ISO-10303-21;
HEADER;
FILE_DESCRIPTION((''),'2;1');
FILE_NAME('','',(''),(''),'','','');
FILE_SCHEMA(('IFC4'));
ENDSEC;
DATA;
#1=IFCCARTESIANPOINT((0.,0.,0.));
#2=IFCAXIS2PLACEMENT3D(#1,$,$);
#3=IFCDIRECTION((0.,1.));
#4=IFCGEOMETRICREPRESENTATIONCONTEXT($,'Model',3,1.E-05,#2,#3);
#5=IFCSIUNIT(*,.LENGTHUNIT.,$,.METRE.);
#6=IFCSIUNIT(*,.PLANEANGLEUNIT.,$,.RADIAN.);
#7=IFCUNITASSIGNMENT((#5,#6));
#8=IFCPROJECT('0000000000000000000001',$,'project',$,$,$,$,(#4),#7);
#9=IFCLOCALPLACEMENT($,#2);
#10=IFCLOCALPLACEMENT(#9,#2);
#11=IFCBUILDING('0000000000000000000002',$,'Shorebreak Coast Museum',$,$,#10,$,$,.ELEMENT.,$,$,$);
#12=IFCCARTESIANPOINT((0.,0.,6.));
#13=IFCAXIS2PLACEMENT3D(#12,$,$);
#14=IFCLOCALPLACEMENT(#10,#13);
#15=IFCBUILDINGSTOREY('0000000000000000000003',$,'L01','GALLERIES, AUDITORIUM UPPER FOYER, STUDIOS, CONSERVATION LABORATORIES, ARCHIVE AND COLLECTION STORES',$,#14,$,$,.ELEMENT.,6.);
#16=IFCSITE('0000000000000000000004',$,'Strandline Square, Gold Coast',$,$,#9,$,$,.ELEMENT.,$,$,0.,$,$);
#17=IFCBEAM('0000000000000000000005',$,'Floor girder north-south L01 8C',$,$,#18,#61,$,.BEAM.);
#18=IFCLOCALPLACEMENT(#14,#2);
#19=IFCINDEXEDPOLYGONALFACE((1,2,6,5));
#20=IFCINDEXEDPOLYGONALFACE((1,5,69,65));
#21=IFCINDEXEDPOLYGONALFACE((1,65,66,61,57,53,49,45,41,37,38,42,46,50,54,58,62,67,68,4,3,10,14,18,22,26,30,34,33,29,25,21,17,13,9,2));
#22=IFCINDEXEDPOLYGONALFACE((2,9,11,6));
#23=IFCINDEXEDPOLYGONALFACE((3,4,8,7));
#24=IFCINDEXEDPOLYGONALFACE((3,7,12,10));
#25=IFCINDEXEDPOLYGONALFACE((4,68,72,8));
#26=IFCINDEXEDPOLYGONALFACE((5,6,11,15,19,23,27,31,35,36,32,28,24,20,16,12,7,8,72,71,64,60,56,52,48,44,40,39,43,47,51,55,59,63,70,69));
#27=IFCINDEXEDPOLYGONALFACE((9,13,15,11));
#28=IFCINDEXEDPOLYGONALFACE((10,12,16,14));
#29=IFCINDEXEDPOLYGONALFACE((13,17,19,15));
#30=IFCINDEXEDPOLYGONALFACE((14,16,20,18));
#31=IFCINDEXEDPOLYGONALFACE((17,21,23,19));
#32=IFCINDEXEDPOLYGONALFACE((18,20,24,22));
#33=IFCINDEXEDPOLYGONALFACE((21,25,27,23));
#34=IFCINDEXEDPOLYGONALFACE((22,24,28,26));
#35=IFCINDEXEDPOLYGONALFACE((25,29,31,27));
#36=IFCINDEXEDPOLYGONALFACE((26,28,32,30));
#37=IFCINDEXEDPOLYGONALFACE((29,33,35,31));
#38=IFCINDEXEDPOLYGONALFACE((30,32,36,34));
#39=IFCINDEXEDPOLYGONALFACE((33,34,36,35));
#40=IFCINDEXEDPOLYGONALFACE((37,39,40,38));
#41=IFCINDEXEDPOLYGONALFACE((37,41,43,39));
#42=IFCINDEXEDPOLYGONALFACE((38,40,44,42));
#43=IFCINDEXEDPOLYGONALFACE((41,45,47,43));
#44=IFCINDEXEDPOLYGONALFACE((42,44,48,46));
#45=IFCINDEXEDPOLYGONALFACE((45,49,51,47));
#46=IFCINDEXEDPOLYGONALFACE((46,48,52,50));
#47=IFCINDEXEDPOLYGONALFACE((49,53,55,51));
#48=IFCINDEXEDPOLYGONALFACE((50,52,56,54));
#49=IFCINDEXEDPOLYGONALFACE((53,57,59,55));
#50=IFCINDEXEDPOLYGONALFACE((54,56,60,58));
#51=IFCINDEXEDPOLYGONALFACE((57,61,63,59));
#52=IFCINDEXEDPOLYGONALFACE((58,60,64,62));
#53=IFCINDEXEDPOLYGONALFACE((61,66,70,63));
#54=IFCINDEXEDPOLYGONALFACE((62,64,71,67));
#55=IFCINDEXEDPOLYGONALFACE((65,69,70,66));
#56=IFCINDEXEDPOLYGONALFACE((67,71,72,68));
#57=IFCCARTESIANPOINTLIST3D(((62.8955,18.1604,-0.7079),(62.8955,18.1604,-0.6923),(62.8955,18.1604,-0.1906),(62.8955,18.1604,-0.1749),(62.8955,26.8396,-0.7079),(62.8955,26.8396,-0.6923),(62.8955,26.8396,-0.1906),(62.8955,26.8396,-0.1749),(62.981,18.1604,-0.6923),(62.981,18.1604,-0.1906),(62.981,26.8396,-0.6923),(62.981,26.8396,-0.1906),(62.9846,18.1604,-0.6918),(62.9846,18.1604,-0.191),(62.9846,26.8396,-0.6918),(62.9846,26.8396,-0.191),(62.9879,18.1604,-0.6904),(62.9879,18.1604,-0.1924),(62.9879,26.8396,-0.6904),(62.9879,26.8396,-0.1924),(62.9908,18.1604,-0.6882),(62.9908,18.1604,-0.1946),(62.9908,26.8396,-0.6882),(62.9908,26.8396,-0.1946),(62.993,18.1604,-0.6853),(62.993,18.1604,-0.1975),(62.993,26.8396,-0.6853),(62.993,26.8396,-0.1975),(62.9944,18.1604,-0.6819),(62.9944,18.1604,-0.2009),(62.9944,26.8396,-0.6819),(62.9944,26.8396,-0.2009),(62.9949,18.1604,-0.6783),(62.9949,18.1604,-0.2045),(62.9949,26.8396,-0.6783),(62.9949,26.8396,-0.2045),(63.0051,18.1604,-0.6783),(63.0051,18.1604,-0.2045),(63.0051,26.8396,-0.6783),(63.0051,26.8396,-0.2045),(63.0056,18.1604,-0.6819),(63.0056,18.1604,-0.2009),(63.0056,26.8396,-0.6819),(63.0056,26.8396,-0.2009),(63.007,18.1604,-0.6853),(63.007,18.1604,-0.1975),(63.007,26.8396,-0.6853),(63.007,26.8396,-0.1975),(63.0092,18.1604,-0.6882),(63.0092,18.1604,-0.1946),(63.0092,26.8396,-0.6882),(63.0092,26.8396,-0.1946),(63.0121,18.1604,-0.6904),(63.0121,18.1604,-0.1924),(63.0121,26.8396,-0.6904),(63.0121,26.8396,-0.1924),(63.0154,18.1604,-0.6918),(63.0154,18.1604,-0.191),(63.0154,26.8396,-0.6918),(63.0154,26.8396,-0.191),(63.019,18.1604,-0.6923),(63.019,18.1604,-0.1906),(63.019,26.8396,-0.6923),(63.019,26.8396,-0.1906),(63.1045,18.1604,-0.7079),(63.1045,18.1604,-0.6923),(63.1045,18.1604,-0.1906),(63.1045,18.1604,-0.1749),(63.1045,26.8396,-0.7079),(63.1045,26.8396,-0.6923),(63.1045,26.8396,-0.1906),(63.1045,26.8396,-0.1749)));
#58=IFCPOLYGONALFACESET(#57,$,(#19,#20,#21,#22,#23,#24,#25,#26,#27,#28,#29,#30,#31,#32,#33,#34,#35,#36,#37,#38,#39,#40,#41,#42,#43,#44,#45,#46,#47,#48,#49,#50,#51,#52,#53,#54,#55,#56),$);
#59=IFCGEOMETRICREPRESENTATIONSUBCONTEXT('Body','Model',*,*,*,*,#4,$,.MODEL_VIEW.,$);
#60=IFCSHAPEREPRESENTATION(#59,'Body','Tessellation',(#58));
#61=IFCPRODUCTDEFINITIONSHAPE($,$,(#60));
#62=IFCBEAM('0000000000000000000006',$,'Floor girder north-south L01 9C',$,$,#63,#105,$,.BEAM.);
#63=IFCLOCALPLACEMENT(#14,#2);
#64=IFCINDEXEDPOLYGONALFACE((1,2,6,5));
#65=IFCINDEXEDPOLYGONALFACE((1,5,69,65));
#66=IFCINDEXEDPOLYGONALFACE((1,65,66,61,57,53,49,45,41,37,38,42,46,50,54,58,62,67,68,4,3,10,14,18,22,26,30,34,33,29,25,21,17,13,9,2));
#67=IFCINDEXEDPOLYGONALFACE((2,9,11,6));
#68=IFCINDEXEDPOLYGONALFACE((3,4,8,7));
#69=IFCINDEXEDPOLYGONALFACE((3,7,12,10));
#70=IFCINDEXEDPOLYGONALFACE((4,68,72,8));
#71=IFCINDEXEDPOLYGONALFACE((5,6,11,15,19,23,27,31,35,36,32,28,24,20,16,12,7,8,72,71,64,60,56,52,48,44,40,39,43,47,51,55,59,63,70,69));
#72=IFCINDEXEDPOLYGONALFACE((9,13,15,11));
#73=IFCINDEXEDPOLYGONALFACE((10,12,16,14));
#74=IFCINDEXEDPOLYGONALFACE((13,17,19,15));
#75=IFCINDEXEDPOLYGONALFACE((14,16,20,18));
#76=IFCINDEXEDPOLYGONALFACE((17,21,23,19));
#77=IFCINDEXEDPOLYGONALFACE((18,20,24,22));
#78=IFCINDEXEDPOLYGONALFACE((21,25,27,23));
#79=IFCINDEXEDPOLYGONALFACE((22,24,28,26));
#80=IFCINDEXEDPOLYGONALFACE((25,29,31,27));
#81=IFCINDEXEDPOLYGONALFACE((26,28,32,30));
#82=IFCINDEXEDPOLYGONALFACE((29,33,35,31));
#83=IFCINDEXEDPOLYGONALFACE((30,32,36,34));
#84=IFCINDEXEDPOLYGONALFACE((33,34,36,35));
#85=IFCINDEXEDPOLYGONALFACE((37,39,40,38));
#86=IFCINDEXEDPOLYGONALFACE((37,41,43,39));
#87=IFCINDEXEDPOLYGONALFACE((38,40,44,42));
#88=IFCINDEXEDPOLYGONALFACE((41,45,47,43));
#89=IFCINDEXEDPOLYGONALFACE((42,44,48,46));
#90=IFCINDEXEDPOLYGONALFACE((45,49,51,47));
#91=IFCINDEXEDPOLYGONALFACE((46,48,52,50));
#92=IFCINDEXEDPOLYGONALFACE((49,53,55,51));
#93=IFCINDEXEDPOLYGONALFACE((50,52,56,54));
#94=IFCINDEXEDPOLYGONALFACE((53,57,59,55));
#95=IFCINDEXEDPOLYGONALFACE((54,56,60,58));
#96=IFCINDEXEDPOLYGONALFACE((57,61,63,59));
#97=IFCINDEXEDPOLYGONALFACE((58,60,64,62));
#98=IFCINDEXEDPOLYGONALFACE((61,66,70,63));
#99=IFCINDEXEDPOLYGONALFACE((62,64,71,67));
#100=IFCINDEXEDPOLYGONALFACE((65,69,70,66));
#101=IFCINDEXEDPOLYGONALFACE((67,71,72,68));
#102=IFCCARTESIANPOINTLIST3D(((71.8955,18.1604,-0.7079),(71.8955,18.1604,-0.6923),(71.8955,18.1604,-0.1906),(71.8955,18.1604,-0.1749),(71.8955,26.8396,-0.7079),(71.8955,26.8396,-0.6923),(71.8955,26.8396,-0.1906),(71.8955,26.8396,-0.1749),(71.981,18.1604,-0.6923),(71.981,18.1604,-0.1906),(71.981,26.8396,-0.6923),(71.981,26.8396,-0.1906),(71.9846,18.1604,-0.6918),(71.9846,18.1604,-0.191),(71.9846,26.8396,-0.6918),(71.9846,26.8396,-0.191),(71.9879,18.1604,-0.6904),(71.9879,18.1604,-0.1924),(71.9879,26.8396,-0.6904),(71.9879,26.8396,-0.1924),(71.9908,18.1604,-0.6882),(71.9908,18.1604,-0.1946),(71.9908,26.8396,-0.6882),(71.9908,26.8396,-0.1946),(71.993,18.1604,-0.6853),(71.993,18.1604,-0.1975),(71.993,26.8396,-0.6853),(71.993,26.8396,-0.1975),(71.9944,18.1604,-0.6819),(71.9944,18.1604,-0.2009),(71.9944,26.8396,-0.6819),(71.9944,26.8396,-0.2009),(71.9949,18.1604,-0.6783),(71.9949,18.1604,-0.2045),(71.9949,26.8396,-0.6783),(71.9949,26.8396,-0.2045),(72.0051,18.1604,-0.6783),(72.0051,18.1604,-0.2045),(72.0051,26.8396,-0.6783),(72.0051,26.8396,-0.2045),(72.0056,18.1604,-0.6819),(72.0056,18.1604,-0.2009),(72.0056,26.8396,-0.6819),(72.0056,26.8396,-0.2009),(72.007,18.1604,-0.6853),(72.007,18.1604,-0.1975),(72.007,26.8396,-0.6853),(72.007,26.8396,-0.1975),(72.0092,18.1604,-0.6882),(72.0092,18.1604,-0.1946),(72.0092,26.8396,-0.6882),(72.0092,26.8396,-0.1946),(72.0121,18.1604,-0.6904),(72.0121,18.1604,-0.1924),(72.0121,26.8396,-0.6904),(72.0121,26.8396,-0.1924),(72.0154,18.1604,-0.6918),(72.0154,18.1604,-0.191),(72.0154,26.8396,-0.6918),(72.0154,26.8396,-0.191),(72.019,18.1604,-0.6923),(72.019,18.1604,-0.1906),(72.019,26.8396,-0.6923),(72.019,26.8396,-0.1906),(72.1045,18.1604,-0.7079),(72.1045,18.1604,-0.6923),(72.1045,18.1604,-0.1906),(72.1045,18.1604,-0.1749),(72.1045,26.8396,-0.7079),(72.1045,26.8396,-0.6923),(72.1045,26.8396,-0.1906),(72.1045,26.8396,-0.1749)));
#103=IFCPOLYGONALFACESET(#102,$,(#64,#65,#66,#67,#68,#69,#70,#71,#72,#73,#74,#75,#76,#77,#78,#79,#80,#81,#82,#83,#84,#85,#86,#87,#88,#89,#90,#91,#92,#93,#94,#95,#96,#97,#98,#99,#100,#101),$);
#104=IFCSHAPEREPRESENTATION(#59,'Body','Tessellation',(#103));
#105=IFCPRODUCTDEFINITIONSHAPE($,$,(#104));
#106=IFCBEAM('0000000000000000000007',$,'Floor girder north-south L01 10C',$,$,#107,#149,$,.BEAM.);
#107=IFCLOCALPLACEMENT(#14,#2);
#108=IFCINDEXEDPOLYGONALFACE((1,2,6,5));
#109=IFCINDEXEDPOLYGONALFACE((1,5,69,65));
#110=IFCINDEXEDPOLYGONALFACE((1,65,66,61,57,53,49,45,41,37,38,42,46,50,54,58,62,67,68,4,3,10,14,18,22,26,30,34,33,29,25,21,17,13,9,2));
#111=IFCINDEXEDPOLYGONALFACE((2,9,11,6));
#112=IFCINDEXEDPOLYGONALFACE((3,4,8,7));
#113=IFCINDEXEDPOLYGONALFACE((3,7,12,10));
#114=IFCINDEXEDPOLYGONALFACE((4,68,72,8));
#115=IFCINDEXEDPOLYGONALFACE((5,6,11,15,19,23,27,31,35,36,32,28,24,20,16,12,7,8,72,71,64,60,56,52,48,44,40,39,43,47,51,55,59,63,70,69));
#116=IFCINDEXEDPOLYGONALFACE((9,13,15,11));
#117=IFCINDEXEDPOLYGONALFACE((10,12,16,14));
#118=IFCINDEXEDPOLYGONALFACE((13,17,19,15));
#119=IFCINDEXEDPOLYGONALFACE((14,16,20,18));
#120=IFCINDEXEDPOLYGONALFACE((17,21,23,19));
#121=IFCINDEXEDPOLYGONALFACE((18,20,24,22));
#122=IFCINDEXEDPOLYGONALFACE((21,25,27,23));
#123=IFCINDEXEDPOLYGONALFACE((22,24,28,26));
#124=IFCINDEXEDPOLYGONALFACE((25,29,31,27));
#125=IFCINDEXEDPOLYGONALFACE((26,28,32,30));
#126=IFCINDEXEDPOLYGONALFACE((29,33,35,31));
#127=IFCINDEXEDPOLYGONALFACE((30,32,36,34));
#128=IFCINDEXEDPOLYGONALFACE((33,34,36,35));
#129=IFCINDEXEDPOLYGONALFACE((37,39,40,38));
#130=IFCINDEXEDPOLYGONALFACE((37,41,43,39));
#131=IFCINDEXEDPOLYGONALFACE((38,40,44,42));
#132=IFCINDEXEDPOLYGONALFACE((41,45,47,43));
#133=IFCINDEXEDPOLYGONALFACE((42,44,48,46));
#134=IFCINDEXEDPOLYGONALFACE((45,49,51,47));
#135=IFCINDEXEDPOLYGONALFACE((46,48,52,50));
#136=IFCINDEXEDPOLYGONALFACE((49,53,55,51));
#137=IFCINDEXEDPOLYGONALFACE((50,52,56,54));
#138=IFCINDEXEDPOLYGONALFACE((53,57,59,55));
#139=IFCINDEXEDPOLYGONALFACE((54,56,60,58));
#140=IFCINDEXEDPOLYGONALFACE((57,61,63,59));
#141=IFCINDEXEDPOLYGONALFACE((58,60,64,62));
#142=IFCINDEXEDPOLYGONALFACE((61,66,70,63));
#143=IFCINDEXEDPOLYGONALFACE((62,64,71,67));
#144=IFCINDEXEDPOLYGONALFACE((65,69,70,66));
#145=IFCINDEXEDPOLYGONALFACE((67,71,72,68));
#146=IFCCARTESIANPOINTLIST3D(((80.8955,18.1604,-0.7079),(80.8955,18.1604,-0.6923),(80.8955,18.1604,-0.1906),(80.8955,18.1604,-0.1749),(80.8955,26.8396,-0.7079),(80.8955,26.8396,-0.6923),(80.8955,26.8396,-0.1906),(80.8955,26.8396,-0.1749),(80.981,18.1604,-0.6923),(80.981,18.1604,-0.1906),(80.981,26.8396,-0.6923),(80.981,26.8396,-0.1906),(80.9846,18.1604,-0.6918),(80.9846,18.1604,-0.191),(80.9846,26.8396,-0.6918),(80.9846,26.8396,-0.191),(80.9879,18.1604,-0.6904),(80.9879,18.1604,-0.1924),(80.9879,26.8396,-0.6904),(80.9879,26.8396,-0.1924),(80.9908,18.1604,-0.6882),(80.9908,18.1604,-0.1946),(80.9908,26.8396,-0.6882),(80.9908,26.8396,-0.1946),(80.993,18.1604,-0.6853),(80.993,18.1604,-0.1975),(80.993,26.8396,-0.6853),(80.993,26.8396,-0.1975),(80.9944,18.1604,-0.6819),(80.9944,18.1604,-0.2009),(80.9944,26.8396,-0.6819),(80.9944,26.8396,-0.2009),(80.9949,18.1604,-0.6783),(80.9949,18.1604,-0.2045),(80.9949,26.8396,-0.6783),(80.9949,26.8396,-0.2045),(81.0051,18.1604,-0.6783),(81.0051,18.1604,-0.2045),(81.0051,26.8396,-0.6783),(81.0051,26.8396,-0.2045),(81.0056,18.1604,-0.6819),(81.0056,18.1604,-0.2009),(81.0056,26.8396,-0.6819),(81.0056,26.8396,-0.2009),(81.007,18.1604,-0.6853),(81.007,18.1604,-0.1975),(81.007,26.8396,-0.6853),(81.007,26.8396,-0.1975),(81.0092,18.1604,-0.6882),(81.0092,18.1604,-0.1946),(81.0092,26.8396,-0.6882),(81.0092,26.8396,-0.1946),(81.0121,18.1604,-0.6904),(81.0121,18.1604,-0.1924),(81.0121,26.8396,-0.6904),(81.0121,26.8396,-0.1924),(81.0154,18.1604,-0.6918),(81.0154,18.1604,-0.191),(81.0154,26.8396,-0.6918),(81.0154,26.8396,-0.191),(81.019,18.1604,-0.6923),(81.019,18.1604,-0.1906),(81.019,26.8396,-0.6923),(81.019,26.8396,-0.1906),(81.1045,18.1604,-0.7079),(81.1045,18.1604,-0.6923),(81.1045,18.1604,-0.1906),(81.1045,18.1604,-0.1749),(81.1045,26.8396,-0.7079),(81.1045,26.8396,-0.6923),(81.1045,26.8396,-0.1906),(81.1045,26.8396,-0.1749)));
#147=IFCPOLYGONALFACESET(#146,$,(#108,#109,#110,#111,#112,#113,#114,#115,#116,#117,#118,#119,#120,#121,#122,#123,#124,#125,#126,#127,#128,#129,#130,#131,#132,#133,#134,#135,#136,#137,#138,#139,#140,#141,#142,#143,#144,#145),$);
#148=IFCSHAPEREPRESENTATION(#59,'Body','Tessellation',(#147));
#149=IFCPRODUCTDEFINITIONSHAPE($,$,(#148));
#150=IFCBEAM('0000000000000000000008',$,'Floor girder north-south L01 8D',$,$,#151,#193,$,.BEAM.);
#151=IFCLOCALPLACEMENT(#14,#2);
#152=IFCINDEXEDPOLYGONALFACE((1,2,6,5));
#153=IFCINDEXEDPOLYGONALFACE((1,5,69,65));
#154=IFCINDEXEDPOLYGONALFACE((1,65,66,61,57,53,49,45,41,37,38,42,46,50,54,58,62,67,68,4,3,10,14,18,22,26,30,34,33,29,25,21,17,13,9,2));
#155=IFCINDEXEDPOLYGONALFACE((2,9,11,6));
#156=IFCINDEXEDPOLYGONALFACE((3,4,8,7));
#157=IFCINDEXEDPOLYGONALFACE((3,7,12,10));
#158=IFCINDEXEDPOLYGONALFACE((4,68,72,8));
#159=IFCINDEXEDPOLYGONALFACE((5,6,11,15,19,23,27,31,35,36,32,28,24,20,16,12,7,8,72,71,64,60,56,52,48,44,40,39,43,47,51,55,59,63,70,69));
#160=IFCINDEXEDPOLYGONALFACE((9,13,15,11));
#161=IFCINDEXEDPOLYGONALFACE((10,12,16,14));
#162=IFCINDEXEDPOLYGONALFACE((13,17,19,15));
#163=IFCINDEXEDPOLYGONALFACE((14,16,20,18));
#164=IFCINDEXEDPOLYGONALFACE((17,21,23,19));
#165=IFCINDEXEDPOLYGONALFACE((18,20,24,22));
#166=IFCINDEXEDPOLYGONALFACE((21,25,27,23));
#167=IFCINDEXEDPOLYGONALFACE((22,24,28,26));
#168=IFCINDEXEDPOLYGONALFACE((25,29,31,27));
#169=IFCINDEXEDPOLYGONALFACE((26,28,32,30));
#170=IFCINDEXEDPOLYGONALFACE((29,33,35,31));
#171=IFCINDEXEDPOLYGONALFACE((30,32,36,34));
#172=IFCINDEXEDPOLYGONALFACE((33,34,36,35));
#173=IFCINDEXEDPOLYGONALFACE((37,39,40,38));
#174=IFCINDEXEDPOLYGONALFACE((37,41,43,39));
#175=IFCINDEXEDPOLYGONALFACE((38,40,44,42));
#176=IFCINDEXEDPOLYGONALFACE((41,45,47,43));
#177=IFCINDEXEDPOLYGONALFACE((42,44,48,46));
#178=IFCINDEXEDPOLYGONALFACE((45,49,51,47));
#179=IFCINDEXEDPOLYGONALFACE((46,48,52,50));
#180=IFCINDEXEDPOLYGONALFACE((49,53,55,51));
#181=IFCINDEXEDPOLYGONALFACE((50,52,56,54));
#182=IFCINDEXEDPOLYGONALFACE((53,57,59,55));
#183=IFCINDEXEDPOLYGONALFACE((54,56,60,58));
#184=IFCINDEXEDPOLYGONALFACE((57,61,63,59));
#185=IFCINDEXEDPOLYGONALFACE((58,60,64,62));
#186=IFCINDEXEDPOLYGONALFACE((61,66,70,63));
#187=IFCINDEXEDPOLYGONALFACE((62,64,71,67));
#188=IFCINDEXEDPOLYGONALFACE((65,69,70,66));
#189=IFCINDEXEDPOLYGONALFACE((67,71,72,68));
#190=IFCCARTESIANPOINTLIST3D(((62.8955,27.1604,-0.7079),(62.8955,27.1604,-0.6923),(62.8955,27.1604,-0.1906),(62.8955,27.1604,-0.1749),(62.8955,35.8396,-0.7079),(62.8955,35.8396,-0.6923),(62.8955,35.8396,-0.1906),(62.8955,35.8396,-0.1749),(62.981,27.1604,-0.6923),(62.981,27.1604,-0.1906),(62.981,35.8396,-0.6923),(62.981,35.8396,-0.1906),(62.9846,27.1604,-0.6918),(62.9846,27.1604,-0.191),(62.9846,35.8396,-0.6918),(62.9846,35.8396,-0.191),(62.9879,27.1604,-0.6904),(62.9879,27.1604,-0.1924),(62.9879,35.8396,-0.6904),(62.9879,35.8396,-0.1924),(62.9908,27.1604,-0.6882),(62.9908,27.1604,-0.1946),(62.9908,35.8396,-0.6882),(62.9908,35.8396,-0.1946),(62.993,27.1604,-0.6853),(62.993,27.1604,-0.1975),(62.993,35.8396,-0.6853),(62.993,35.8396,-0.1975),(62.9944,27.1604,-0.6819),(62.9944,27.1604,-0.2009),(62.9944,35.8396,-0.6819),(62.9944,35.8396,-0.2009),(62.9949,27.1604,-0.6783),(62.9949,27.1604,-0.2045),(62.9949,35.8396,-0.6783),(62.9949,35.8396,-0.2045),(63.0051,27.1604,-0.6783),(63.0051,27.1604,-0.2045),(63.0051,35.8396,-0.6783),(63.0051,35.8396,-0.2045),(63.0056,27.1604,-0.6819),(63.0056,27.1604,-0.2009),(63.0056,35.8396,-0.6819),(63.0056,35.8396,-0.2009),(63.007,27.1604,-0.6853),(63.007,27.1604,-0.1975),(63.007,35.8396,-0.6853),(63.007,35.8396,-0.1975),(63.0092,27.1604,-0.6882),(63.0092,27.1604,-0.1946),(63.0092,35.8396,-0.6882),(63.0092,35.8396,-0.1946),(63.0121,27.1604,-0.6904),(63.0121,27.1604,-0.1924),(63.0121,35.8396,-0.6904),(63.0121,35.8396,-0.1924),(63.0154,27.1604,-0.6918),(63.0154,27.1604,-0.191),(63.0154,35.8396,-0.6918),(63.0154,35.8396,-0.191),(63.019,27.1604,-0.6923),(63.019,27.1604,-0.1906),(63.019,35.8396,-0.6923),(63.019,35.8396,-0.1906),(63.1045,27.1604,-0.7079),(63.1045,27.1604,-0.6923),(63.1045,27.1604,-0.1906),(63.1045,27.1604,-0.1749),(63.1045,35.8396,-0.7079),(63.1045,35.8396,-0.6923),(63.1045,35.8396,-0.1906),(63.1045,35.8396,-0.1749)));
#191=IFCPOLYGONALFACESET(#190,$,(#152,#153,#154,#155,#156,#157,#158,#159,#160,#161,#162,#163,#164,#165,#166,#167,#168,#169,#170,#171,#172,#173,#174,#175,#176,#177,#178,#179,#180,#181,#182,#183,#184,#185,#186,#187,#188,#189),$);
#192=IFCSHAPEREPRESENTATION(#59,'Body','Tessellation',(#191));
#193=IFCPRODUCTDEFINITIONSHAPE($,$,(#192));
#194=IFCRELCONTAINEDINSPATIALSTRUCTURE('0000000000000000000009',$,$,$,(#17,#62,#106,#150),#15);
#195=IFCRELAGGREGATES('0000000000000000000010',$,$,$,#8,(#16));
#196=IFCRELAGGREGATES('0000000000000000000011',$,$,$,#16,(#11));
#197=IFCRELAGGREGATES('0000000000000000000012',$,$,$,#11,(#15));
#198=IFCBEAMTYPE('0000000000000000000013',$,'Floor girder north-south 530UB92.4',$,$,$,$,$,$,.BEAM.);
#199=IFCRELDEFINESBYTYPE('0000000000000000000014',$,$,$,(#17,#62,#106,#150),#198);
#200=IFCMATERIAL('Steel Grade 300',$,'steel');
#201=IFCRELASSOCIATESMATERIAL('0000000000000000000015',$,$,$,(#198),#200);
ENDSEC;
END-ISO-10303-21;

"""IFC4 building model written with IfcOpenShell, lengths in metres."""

from ifc_helpers import new_model, si_unit, direction, frame, origin, origin_2d, place, context, subcontext, project, spatial, i_section, extrude, material, material_profile, profile_set, type_object, element, save


model = new_model("IFC4")

# Units and contexts
model_context = context("Model", 3, precision=1e-05, world=origin(), true_north=direction((0.0, 1.0)))
body_context = subcontext(model_context, "Body", "Model", "MODEL_VIEW")
ifc_project = project(units=[si_unit("LENGTHUNIT", "METRE"), si_unit("PLANEANGLEUNIT", "RADIAN")], contexts=[model_context])

# Site, building, storey
site_placement = place(None, origin())
site = spatial("IfcSite", under=ifc_project, at=site_placement, Name="Strandline Square, Gold Coast", CompositionType="ELEMENT", RefElevation=0.0)
building_placement = place(site_placement, origin())
building = spatial("IfcBuilding", under=site, at=building_placement, Name="Shorebreak Coast Museum", CompositionType="ELEMENT")
storey_placement = place(building_placement, frame((0.0, 0.0, 6.0)))
storey = spatial("IfcBuildingStorey", under=building, at=storey_placement, Name="L01", Description="GALLERIES, AUDITORIUM UPPER FOYER, STUDIOS, CONSERVATION LABORATORIES, ARCHIVE AND COLLECTION STORES", CompositionType="ELEMENT", Elevation=6.0)

# Beams
ifc_material_1 = material(Name="Steel Grade 300", Category="steel")
ifc_material_profile_1 = material_profile(ifc_material_1, i_section(OverallWidth=0.209, OverallDepth=0.533, WebThickness=0.0103, FlangeThickness=0.0156, FilletRadius=0.0139, at=origin_2d()), Name="530UB92.4")
ifc_profile_set_1 = profile_set([ifc_material_profile_1], Name="Steel Grade 300")
beam_type_1 = type_object("IfcBeamType", Name="Floor girder north-south 530UB92.4", PredefinedType="BEAM", material=ifc_profile_set_1)
for number, where, z_axis, x_axis, name in (
    (1, (63.0, 18.1604, -0.4414), (0.0, 1.0, 0.0), (-1.0, 0.0, 0.0), "Floor girder north-south L01 8C"),
    (2, (72.0, 18.1604, -0.4414), (0.0, 1.0, 0.0), (-1.0, 0.0, 0.0), "Floor girder north-south L01 9C"),
    (3, (81.0, 18.1604, -0.4414), (0.0, 1.0, 0.0), (-1.0, 0.0, 0.0), "Floor girder north-south L01 10C"),
    (4, (63.0, 27.1604, -0.4414), (0.0, 1.0, 0.0), (-1.0, 0.0, 0.0), "Floor girder north-south L01 8D"),
):
    element("IfcBeam", number, at=place(storey_placement, frame(where, z_axis=z_axis, x_axis=x_axis)), inside=storey, type_object=beam_type_1, Name=name, PredefinedType="BEAM", context=body_context, shape_type="SweptSolid", body=[
        extrude(i_section(OverallWidth=0.209, OverallDepth=0.533, WebThickness=0.0103, FlangeThickness=0.0156, FilletRadius=0.0139, at=origin_2d()), origin(), (0.0, 0.0, 1.0), 8.6792),
    ])

save(model, "model.ifc")
